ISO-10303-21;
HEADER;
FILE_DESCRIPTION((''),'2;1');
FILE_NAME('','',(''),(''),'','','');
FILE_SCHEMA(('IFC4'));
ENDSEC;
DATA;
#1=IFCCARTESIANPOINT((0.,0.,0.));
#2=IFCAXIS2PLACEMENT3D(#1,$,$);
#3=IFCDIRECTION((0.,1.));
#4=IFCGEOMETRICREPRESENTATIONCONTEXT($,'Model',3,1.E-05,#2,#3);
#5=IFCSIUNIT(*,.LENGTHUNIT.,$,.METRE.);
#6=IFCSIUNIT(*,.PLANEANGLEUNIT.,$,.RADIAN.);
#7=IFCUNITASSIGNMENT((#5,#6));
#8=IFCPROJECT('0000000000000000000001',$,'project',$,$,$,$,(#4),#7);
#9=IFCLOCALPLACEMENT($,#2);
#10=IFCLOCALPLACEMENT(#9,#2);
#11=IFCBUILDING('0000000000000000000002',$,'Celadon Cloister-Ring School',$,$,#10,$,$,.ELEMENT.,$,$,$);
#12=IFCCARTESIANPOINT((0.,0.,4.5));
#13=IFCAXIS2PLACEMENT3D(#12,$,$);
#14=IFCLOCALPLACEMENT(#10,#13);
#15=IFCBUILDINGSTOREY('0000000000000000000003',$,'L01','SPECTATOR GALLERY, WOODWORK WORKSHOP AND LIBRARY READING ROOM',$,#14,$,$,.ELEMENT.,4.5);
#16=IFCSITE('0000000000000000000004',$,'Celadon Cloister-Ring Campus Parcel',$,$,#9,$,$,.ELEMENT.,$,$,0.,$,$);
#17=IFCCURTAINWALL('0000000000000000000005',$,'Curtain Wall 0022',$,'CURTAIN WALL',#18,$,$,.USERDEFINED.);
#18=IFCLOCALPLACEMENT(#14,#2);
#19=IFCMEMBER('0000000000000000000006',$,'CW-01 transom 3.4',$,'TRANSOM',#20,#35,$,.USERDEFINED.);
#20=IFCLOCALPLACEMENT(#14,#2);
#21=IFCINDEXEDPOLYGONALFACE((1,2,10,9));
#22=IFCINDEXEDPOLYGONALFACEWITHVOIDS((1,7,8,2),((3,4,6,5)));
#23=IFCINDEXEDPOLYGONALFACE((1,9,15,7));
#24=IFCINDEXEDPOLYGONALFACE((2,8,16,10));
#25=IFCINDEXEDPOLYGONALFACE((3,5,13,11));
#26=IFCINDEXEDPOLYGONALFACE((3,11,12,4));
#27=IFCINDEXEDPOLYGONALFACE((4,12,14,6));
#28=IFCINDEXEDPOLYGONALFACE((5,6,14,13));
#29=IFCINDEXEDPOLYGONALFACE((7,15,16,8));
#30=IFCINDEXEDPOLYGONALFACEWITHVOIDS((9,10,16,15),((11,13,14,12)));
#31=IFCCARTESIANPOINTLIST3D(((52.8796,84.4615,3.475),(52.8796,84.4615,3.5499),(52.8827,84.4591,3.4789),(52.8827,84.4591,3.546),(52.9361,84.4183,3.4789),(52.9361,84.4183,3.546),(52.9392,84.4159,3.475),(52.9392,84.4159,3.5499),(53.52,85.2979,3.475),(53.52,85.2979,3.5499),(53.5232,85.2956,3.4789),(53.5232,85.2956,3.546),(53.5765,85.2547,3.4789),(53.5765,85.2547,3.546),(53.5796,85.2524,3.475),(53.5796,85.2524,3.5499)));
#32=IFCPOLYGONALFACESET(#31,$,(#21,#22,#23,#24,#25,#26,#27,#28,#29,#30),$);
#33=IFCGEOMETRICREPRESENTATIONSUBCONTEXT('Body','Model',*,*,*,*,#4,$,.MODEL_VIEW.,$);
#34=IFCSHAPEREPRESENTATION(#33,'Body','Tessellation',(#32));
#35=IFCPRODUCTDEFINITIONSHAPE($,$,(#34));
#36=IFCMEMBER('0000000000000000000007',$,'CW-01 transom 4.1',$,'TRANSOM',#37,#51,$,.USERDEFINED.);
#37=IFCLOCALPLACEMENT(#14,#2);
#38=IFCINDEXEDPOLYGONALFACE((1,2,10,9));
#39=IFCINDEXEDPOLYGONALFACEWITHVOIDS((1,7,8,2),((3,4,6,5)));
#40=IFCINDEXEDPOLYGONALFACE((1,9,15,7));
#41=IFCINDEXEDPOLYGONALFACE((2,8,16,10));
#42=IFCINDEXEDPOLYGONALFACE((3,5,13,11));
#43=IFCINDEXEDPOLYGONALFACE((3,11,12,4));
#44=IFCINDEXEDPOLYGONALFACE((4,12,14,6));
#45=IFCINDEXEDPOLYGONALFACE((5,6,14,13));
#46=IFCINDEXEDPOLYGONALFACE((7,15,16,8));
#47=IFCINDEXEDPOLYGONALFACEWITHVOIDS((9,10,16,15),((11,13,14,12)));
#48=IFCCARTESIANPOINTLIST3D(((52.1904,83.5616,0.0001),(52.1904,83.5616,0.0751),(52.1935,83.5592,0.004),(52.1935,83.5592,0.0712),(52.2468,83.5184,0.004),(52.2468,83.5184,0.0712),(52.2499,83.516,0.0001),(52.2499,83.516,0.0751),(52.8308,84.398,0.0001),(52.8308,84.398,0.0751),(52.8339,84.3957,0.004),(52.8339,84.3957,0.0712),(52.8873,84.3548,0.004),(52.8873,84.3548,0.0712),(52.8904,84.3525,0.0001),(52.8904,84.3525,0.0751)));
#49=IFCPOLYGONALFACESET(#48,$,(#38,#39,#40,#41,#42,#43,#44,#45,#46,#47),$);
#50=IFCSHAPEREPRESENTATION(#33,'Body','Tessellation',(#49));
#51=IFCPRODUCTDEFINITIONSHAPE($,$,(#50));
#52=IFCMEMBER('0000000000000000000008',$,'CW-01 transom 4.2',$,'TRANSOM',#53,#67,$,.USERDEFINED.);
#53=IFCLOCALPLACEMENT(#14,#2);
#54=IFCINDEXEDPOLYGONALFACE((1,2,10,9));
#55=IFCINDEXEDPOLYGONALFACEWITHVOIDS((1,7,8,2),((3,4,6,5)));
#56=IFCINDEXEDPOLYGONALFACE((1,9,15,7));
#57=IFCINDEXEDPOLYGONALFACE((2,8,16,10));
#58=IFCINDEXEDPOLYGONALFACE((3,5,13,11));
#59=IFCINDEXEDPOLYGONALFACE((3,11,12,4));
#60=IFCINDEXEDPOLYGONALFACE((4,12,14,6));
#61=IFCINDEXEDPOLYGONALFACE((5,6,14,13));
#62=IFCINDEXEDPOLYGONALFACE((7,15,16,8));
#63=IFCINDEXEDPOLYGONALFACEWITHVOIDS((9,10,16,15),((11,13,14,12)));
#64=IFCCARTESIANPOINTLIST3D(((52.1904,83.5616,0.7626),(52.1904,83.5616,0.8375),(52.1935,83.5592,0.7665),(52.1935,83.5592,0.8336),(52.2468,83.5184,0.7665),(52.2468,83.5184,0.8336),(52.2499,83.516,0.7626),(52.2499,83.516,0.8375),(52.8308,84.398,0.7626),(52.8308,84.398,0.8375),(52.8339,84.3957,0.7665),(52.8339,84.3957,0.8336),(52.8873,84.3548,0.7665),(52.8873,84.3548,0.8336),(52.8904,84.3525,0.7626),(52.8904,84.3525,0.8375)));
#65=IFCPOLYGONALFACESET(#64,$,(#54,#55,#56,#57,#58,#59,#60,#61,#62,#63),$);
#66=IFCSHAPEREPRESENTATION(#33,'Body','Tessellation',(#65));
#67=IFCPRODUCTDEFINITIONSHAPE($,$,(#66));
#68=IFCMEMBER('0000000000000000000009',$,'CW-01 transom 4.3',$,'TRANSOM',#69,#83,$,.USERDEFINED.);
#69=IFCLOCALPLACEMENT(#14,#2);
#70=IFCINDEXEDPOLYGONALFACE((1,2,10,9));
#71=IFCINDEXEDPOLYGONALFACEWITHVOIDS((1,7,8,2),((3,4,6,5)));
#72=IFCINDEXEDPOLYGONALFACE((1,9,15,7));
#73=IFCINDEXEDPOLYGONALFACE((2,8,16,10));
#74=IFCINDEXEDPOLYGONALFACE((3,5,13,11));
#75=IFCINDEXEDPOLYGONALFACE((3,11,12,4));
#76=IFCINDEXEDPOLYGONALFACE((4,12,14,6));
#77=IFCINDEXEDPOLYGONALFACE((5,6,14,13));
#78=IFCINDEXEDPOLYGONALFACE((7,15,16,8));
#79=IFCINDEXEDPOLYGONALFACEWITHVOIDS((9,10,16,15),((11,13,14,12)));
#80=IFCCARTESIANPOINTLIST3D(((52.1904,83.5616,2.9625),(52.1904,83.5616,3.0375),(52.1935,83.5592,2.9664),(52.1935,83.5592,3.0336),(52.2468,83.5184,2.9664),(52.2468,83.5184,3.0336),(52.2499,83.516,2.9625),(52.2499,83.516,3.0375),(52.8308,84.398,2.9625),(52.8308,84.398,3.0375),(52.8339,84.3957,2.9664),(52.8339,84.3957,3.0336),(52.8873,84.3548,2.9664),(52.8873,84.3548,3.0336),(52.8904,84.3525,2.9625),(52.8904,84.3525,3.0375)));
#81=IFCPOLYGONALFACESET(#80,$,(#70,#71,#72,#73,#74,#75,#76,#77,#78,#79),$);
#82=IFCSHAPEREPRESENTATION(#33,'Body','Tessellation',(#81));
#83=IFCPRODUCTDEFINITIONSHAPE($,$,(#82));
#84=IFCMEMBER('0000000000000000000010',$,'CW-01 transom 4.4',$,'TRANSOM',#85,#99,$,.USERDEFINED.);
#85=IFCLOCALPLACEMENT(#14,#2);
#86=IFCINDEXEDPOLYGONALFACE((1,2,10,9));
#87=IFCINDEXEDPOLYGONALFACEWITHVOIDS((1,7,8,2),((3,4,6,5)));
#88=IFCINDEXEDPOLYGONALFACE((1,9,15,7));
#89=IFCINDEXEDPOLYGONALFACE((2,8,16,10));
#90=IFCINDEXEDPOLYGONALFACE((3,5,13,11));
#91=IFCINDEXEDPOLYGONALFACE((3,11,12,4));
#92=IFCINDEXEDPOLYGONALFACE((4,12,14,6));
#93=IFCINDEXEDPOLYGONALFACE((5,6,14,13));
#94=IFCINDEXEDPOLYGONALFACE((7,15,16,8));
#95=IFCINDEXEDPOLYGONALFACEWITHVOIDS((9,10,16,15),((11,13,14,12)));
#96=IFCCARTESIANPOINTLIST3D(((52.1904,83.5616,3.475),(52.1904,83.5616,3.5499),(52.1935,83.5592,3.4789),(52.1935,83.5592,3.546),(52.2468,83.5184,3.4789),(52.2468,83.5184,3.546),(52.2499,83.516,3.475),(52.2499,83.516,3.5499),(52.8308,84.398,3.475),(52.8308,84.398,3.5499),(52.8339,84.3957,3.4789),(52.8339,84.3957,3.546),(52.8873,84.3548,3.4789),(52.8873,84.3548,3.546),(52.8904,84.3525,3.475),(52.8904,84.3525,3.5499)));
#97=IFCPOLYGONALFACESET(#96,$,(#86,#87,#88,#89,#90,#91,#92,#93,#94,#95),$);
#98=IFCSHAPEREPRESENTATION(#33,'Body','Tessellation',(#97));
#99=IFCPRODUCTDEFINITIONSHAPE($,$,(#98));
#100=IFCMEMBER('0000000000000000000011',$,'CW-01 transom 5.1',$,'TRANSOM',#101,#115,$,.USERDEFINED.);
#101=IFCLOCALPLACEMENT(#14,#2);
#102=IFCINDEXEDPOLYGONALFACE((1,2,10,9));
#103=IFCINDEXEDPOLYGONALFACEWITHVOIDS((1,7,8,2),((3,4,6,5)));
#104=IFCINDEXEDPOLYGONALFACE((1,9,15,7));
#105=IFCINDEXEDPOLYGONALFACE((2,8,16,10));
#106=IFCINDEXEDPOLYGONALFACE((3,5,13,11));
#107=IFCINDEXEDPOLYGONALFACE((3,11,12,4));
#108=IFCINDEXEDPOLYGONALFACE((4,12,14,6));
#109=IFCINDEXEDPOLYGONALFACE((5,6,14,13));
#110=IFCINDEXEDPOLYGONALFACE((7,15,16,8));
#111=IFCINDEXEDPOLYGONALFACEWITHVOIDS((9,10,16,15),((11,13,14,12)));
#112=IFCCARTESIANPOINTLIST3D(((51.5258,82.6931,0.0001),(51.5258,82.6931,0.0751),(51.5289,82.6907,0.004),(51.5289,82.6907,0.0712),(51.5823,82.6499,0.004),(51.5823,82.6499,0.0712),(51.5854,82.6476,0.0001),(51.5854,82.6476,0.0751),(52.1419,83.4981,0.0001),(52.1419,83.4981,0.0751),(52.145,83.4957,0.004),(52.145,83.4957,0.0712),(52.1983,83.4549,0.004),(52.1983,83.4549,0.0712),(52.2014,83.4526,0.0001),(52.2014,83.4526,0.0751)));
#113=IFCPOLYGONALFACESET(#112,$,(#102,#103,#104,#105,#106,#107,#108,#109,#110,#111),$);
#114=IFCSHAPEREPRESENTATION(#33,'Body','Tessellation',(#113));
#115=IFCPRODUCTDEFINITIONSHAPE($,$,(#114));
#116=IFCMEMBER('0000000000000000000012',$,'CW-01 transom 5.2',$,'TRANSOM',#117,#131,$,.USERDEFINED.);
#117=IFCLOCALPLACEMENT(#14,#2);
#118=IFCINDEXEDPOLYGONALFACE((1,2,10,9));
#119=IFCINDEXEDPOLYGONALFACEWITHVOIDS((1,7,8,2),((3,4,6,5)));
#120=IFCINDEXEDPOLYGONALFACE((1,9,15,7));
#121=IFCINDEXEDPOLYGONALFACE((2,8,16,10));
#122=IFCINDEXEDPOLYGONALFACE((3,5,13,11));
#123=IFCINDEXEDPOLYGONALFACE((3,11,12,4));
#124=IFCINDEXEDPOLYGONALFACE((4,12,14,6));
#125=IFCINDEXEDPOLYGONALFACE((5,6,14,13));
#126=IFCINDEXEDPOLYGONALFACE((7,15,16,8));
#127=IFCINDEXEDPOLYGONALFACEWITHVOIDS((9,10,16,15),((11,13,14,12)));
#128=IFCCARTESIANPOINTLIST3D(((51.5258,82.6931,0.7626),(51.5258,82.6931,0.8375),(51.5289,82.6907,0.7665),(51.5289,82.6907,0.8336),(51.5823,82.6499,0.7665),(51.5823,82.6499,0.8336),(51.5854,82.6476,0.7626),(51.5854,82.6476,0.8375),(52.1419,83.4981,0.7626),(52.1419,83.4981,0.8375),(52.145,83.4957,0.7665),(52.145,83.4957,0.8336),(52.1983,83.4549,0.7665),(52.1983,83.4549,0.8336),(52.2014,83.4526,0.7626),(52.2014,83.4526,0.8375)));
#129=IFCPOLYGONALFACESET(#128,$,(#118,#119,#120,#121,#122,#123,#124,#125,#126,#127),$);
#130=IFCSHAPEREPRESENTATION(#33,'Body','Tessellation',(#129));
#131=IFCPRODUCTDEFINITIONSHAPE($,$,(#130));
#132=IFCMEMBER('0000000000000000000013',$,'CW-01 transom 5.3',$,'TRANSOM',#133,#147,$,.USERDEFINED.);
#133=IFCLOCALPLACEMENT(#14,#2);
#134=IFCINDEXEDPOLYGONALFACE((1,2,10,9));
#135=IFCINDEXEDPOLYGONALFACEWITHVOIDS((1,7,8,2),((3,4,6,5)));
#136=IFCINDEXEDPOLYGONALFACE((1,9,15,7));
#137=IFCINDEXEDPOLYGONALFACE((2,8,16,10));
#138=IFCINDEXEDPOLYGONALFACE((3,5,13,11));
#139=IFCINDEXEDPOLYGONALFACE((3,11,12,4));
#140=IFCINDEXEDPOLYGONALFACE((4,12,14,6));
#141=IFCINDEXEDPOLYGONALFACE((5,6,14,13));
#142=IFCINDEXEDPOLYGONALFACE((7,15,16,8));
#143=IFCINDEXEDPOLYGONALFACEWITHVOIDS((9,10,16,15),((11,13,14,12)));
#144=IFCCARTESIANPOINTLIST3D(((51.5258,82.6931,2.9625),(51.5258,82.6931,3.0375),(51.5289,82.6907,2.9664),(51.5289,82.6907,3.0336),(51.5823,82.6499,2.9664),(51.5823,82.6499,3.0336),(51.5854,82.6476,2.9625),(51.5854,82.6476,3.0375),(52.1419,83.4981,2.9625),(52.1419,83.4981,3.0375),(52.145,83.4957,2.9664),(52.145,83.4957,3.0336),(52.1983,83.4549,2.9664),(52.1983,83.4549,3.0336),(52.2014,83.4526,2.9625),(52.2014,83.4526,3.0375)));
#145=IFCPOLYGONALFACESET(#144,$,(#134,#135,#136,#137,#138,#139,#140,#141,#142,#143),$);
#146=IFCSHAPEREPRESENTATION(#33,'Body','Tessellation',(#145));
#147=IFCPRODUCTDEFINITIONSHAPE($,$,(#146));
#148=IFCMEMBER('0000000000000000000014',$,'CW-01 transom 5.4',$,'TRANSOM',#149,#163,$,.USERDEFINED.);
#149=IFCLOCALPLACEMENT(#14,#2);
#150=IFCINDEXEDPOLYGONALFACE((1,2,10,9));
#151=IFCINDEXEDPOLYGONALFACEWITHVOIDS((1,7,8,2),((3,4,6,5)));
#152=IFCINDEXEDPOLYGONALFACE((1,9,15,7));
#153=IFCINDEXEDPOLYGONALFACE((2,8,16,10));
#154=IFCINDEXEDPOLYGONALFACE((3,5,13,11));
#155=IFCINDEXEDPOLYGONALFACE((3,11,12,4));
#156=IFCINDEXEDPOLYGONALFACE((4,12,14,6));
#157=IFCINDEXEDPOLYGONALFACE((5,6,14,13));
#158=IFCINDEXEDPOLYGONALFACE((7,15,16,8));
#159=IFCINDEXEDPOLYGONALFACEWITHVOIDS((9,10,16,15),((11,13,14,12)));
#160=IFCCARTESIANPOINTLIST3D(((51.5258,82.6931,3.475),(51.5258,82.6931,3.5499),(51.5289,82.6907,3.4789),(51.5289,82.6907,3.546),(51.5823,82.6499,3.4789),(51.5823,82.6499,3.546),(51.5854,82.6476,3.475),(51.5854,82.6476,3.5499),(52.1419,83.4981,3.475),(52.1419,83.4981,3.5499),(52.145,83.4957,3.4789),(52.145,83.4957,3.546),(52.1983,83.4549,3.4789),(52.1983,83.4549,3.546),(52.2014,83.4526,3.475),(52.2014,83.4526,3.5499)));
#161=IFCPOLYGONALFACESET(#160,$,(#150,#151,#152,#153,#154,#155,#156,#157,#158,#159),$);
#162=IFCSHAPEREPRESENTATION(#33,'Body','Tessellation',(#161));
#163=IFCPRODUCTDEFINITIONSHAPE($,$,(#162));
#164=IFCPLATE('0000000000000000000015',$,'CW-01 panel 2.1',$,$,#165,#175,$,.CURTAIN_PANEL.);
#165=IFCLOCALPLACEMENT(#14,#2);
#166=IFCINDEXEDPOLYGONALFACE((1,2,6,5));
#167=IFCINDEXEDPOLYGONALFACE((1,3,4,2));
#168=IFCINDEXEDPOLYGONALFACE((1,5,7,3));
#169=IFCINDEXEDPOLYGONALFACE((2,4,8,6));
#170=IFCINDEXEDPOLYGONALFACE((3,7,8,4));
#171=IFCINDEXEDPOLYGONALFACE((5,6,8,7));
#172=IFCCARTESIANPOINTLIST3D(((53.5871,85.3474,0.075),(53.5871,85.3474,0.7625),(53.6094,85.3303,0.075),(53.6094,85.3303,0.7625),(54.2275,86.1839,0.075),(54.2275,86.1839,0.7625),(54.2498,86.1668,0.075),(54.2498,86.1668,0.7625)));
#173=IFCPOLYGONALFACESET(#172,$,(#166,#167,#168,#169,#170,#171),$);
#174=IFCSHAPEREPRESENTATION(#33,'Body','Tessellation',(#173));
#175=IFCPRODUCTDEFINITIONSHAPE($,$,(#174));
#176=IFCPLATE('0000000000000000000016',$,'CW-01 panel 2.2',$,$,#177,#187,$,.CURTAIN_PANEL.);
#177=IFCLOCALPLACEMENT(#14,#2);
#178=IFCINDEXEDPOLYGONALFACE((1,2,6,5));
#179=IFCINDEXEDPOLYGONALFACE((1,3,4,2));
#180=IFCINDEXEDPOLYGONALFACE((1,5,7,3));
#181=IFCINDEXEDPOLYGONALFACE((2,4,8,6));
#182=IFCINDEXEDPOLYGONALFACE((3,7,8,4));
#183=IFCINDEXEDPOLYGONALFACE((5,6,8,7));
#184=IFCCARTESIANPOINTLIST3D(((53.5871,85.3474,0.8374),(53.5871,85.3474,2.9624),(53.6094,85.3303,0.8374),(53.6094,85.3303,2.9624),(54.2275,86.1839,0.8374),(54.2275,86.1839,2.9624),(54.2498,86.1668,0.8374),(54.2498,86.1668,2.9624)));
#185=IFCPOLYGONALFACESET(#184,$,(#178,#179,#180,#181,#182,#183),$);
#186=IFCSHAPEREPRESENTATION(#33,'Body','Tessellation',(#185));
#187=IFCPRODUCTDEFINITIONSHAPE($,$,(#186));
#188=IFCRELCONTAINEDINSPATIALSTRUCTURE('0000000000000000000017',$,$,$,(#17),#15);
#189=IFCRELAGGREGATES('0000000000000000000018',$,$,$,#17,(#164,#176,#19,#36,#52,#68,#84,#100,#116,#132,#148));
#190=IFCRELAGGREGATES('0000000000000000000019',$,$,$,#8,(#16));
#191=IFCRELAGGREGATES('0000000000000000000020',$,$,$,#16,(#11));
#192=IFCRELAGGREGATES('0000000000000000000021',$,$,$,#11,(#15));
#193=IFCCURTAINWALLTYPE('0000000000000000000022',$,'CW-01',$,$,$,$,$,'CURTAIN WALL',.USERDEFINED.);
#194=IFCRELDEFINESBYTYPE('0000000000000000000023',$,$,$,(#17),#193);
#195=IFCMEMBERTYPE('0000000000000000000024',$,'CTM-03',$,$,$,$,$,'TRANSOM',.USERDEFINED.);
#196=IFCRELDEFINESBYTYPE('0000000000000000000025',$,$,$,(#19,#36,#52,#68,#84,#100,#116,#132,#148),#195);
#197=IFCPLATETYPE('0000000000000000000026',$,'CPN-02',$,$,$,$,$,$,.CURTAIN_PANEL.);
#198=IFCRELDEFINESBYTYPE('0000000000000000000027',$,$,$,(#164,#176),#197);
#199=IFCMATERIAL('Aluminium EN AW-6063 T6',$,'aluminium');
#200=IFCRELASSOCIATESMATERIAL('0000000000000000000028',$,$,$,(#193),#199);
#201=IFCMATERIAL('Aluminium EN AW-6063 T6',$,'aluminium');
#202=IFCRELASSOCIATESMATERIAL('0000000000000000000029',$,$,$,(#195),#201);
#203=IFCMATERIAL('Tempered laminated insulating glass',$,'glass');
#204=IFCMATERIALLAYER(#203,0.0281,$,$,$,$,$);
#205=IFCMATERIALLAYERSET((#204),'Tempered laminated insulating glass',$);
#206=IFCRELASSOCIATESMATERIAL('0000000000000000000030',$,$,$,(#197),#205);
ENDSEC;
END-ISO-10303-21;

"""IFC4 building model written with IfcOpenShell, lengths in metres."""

from ifc_helpers import new_model, si_unit, direction, frame, origin, origin_2d, place, context, subcontext, project, spatial, rectangle, hollow_rectangle, extrude, material, layer, layer_set, material_profile, profile_set, type_object, element, aggregate, save


model = new_model("IFC4")

# Units and contexts
model_context = context("Model", 3, precision=1e-05, world=origin(), true_north=direction((0.0, 1.0)))
body_context = subcontext(model_context, "Body", "Model", "MODEL_VIEW")
ifc_project = project(units=[si_unit("LENGTHUNIT", "METRE"), si_unit("PLANEANGLEUNIT", "RADIAN")], contexts=[model_context])

# Site, building, storey
site_placement = place(None, origin())
site = spatial("IfcSite", under=ifc_project, at=site_placement, Name="Celadon Cloister-Ring Campus Parcel", CompositionType="ELEMENT", RefElevation=0.0)
building_placement = place(site_placement, origin())
building = spatial("IfcBuilding", under=site, at=building_placement, Name="Celadon Cloister-Ring School", CompositionType="ELEMENT")
storey_placement = place(building_placement, frame((0.0, 0.0, 4.5)))
storey = spatial("IfcBuildingStorey", under=building, at=storey_placement, Name="L01", Description="SPECTATOR GALLERY, WOODWORK WORKSHOP AND LIBRARY READING ROOM", CompositionType="ELEMENT", Elevation=4.5)

# Curtain wall, members, plates
ifc_material_1 = material(Name="Aluminium EN AW-6063 T6", Category="aluminium")
curtain_wall_type = type_object("IfcCurtainWallType", Name="CW-01", ElementType="CURTAIN WALL", PredefinedType="USERDEFINED", material=ifc_material_1)
curtain_wall_placement = place(storey_placement, origin())
curtain_wall = element("IfcCurtainWall", 1, at=curtain_wall_placement, inside=storey, type_object=curtain_wall_type, Name="Curtain Wall 0022", ObjectType="CURTAIN WALL", PredefinedType="USERDEFINED")
ifc_material_2 = material(Name="Aluminium EN AW-6063 T6", Category="aluminium")
ifc_material_profile_1 = material_profile(ifc_material_2, hollow_rectangle(XDim=0.075, YDim=0.075, WallThickness=0.0039, at=origin_2d()), Name="RHS75X75X4")
ifc_profile_set_1 = profile_set([ifc_material_profile_1], Name="Aluminium EN AW-6063 T6")
member_type_1 = type_object("IfcMemberType", Name="CTM-03", ElementType="TRANSOM", PredefinedType="USERDEFINED", material=ifc_profile_set_1)
member_1_placement = place(storey_placement, frame((53.5498, 85.2751, 3.5125), z_axis=(-0.607906, -0.794009, 0.0), x_axis=(0.794009, -0.607906, 0.0)))
member_1 = element("IfcMember", 2, at=member_1_placement, type_object=member_type_1, Name="CW-01 transom 3.4", ObjectType="TRANSOM", PredefinedType="USERDEFINED", context=body_context, shape_type="SweptSolid", body=[
    extrude(hollow_rectangle(XDim=0.075, YDim=0.075, WallThickness=0.0039, at=origin_2d()), origin(), (0.0, 0.0, 1.0), 1.0535),
])
member_2_placement = place(storey_placement, frame((52.8606, 84.3752, 0.0376), z_axis=(-0.607906, -0.794009, 0.0), x_axis=(0.794009, -0.607906, 0.0)))
member_2 = element("IfcMember", 3, at=member_2_placement, type_object=member_type_1, Name="CW-01 transom 4.1", ObjectType="TRANSOM", PredefinedType="USERDEFINED", context=body_context, shape_type="SweptSolid", body=[
    extrude(hollow_rectangle(XDim=0.075, YDim=0.075, WallThickness=0.0039, at=origin_2d()), origin(), (0.0, 0.0, 1.0), 1.0535),
])
member_3_placement = place(storey_placement, frame((52.8606, 84.3752, 0.8), z_axis=(-0.607906, -0.794009, 0.0), x_axis=(0.794009, -0.607906, 0.0)))
member_3 = element("IfcMember", 4, at=member_3_placement, type_object=member_type_1, Name="CW-01 transom 4.2", ObjectType="TRANSOM", PredefinedType="USERDEFINED", context=body_context, shape_type="SweptSolid", body=[
    extrude(hollow_rectangle(XDim=0.075, YDim=0.075, WallThickness=0.0039, at=origin_2d()), origin(), (0.0, 0.0, 1.0), 1.0535),
])
member_4_placement = place(storey_placement, frame((52.8606, 84.3752, 3.0), z_axis=(-0.607906, -0.794009, 0.0), x_axis=(0.794009, -0.607906, 0.0)))
member_4 = element("IfcMember", 5, at=member_4_placement, type_object=member_type_1, Name="CW-01 transom 4.3", ObjectType="TRANSOM", PredefinedType="USERDEFINED", context=body_context, shape_type="SweptSolid", body=[
    extrude(hollow_rectangle(XDim=0.075, YDim=0.075, WallThickness=0.0039, at=origin_2d()), origin(), (0.0, 0.0, 1.0), 1.0535),
])
member_5_placement = place(storey_placement, frame((52.8606, 84.3752, 3.5125), z_axis=(-0.607906, -0.794009, 0.0), x_axis=(0.794009, -0.607906, 0.0)))
member_5 = element("IfcMember", 6, at=member_5_placement, type_object=member_type_1, Name="CW-01 transom 4.4", ObjectType="TRANSOM", PredefinedType="USERDEFINED", context=body_context, shape_type="SweptSolid", body=[
    extrude(hollow_rectangle(XDim=0.075, YDim=0.075, WallThickness=0.0039, at=origin_2d()), origin(), (0.0, 0.0, 1.0), 1.0535),
])
member_6_placement = place(storey_placement, frame((52.1716, 83.4753, 0.0376), z_axis=(-0.607718, -0.794153, 0.0), x_axis=(0.794153, -0.607718, 0.0)))
member_6 = element("IfcMember", 7, at=member_6_placement, type_object=member_type_1, Name="CW-01 transom 5.1", ObjectType="TRANSOM", PredefinedType="USERDEFINED", context=body_context, shape_type="SweptSolid", body=[
    extrude(hollow_rectangle(XDim=0.075, YDim=0.075, WallThickness=0.0039, at=origin_2d()), origin(), (0.0, 0.0, 1.0), 1.0137),
])
member_7_placement = place(storey_placement, frame((52.1716, 83.4753, 0.8), z_axis=(-0.607718, -0.794153, 0.0), x_axis=(0.794153, -0.607718, 0.0)))
member_7 = element("IfcMember", 8, at=member_7_placement, type_object=member_type_1, Name="CW-01 transom 5.2", ObjectType="TRANSOM", PredefinedType="USERDEFINED", context=body_context, shape_type="SweptSolid", body=[
    extrude(hollow_rectangle(XDim=0.075, YDim=0.075, WallThickness=0.0039, at=origin_2d()), origin(), (0.0, 0.0, 1.0), 1.0137),
])
member_8_placement = place(storey_placement, frame((52.1716, 83.4753, 3.0), z_axis=(-0.607718, -0.794153, 0.0), x_axis=(0.794153, -0.607718, 0.0)))
member_8 = element("IfcMember", 9, at=member_8_placement, type_object=member_type_1, Name="CW-01 transom 5.3", ObjectType="TRANSOM", PredefinedType="USERDEFINED", context=body_context, shape_type="SweptSolid", body=[
    extrude(hollow_rectangle(XDim=0.075, YDim=0.075, WallThickness=0.0039, at=origin_2d()), origin(), (0.0, 0.0, 1.0), 1.0137),
])
member_9_placement = place(storey_placement, frame((52.1716, 83.4753, 3.5125), z_axis=(-0.607718, -0.794153, 0.0), x_axis=(0.794153, -0.607718, 0.0)))
member_9 = element("IfcMember", 10, at=member_9_placement, type_object=member_type_1, Name="CW-01 transom 5.4", ObjectType="TRANSOM", PredefinedType="USERDEFINED", context=body_context, shape_type="SweptSolid", body=[
    extrude(hollow_rectangle(XDim=0.075, YDim=0.075, WallThickness=0.0039, at=origin_2d()), origin(), (0.0, 0.0, 1.0), 1.0137),
])
ifc_material_3 = material(Name="Tempered laminated insulating glass", Category="glass")
ifc_layer = layer(ifc_material_3, 0.0281)
ifc_layer_set = layer_set([ifc_layer], Name="Tempered laminated insulating glass")
plate_type = type_object("IfcPlateType", Name="CPN-02", PredefinedType="CURTAIN_PANEL", material=ifc_layer_set)
plate_1_placement = place(storey_placement, frame((53.9185, 85.7571, 0.075), z_axis=(0.0, 0.0, 1.0), x_axis=(-0.607876, -0.794032, 0.0)))
plate_1 = element("IfcPlate", 11, at=plate_1_placement, type_object=plate_type, Name="CW-01 panel 2.1", PredefinedType="CURTAIN_PANEL", context=body_context, shape_type="SweptSolid", body=[
    extrude(rectangle(XDim=1.0535, YDim=0.0281, at=origin_2d()), origin(), (0.0, 0.0, 1.0), 0.6875),
])
plate_2_placement = place(storey_placement, frame((53.9185, 85.7571, 0.8374), z_axis=(0.0, 0.0, 1.0), x_axis=(-0.607876, -0.794032, 0.0)))
plate_2 = element("IfcPlate", 12, at=plate_2_placement, type_object=plate_type, Name="CW-01 panel 2.2", PredefinedType="CURTAIN_PANEL", context=body_context, shape_type="SweptSolid", body=[
    extrude(rectangle(XDim=1.0535, YDim=0.0281, at=origin_2d()), origin(), (0.0, 0.0, 1.0), 2.125),
])
aggregate(curtain_wall, [plate_1, plate_2, member_1, member_2, member_3, member_4, member_5, member_6, member_7, member_8, member_9])

save(model, "model.ifc")
